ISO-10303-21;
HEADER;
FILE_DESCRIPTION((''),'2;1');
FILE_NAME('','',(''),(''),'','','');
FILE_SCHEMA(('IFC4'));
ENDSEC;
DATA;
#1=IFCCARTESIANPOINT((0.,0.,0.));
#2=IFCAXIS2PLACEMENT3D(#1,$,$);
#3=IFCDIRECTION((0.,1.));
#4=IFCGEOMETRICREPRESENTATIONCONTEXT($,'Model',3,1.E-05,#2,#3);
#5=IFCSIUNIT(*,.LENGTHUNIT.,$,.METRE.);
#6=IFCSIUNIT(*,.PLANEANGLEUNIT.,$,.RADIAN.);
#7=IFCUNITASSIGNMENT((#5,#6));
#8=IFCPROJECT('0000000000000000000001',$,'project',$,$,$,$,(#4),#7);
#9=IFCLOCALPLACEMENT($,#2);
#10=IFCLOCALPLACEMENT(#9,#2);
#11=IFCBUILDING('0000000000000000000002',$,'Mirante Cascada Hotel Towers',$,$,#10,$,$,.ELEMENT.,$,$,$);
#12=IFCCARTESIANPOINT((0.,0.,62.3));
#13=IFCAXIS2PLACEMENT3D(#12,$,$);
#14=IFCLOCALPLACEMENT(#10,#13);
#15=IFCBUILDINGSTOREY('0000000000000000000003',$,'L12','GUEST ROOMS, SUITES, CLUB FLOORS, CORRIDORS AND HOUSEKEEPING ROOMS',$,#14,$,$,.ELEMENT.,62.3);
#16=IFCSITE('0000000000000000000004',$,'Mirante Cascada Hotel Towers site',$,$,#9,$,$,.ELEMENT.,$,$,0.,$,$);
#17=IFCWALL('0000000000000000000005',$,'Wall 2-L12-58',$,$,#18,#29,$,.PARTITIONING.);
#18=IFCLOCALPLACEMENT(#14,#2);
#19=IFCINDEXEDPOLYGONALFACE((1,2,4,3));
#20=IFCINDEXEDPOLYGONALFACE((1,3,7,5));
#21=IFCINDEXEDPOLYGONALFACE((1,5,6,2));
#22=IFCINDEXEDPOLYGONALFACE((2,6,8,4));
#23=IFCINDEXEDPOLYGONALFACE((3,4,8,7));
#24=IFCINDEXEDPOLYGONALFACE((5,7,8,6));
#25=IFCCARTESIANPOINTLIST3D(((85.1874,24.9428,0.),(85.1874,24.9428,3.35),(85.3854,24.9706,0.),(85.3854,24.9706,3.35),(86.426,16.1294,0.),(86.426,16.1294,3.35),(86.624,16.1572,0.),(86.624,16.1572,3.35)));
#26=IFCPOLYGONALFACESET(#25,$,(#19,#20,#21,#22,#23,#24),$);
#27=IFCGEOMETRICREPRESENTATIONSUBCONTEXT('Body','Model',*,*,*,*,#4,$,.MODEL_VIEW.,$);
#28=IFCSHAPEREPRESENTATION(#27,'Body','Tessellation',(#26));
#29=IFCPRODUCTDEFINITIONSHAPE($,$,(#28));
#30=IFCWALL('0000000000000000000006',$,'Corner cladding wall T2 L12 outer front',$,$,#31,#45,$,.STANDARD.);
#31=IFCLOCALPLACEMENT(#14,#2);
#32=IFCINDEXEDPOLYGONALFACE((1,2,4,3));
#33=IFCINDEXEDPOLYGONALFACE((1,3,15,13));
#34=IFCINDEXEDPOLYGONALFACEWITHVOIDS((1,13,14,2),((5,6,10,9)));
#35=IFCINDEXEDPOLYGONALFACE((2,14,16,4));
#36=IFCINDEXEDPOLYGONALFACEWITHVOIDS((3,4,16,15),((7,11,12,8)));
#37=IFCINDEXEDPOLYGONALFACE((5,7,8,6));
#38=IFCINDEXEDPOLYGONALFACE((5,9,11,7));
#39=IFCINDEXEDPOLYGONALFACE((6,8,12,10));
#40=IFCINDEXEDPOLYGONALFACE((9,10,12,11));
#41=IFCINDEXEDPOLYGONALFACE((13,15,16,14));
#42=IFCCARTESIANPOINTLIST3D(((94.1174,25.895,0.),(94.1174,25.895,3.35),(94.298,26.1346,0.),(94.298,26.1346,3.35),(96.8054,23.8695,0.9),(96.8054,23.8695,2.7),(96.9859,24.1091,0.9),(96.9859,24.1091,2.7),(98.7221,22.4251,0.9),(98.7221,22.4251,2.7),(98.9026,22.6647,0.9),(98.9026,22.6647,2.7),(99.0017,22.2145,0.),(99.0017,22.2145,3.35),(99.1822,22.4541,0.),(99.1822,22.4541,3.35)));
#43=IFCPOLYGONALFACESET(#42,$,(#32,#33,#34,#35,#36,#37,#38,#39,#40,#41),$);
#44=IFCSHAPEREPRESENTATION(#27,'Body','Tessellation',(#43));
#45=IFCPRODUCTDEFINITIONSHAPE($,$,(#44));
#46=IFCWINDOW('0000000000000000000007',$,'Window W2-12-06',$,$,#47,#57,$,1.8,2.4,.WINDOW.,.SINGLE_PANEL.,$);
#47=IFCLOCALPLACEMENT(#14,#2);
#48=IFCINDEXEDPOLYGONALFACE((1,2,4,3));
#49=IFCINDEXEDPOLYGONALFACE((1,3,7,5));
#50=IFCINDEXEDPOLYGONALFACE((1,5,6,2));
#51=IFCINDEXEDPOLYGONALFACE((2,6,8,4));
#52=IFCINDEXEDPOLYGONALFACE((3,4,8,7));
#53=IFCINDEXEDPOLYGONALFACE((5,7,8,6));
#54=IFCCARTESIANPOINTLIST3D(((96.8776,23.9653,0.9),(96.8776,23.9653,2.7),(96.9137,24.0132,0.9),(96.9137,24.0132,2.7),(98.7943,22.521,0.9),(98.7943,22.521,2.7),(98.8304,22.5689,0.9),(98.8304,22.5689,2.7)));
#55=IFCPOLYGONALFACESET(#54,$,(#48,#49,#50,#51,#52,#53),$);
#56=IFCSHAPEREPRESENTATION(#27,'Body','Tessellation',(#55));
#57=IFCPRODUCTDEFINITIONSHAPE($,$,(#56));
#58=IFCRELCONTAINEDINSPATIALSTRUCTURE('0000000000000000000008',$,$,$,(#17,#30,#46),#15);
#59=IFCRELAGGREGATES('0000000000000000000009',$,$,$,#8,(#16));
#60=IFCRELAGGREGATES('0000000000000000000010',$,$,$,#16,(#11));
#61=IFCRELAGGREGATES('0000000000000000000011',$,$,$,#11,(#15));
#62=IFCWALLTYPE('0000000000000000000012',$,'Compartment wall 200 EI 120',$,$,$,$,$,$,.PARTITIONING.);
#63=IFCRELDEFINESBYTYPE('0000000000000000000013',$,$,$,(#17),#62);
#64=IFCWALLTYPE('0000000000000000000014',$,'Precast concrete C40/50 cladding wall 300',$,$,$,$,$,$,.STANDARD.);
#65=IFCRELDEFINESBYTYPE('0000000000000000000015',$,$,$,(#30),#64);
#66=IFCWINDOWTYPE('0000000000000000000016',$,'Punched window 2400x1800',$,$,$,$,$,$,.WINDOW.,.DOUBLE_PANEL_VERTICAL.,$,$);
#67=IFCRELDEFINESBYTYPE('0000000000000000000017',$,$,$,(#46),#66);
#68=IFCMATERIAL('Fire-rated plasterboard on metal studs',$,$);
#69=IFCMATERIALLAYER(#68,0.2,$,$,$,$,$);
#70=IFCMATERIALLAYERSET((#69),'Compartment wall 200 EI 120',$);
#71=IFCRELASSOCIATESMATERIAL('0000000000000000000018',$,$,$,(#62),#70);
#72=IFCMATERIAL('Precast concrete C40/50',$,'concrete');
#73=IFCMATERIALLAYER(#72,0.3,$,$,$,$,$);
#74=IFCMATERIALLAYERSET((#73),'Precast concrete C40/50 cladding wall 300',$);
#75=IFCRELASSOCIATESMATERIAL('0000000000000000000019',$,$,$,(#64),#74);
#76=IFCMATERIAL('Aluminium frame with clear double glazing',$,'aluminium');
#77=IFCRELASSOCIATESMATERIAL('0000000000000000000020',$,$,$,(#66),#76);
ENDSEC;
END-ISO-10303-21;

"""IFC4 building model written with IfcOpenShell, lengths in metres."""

from ifc_helpers import new_model, si_unit, direction, frame, frame_2d, origin, place, context, subcontext, project, spatial, rectangle, extrude, material, layer, layer_set, type_object, element, fill, save


model = new_model("IFC4")

# Units and contexts
model_context = context("Model", 3, precision=1e-05, world=origin(), true_north=direction((0.0, 1.0)))
body_context = subcontext(model_context, "Body", "Model", "MODEL_VIEW")
ifc_project = project(units=[si_unit("LENGTHUNIT", "METRE"), si_unit("PLANEANGLEUNIT", "RADIAN")], contexts=[model_context])

# Site, building, storey
site_placement = place(None, origin())
site = spatial("IfcSite", under=ifc_project, at=site_placement, Name="Mirante Cascada Hotel Towers site", CompositionType="ELEMENT", RefElevation=0.0)
building_placement = place(site_placement, origin())
building = spatial("IfcBuilding", under=site, at=building_placement, Name="Mirante Cascada Hotel Towers", CompositionType="ELEMENT")
storey_placement = place(building_placement, frame((0.0, 0.0, 62.3)))
storey = spatial("IfcBuildingStorey", under=building, at=storey_placement, Name="L12", Description="GUEST ROOMS, SUITES, CLUB FLOORS, CORRIDORS AND HOUSEKEEPING ROOMS", CompositionType="ELEMENT", Elevation=62.3)

# Wall
ifc_material_1 = material(Name="Fire-rated plasterboard on metal studs")
ifc_layer_1 = layer(ifc_material_1, 0.2)
ifc_layer_set_1 = layer_set([ifc_layer_1], Name="Compartment wall 200 EI 120")
wall_type_1 = type_object("IfcWallType", Name="Compartment wall 200 EI 120", PredefinedType="PARTITIONING", material=ifc_layer_set_1)
wall_1_placement = place(storey_placement, frame((85.2864, 24.9567, 0.0), z_axis=(0.0, 0.0, 1.0), x_axis=(0.139168, -0.990269, 0.0)))
element("IfcWall", 1, at=wall_1_placement, inside=storey, type_object=wall_type_1, Name="Wall 2-L12-58", PredefinedType="PARTITIONING", context=body_context, shape_type="SweptSolid", body=[
    extrude(rectangle(XDim=8.9, YDim=0.2, at=frame_2d((4.45, 0.0))), origin(), (0.0, 0.0, 1.0), 3.35),
])

# Wall, opening, window
ifc_material_2 = material(Name="Precast concrete C40/50", Category="concrete")
ifc_layer_2 = layer(ifc_material_2, 0.3)
ifc_layer_set_2 = layer_set([ifc_layer_2], Name="Precast concrete C40/50 cladding wall 300")
wall_type_2 = type_object("IfcWallType", Name="Precast concrete C40/50 cladding wall 300", PredefinedType="STANDARD", material=ifc_layer_set_2)
wall_2_placement = place(storey_placement, frame((99.0919, 22.3343, 0.0), z_axis=(0.0, 0.0, 1.0), x_axis=(-0.798636, 0.601814, 0.0)))
wall_2 = element("IfcWall", 2, at=wall_2_placement, inside=storey, type_object=wall_type_2, Name="Corner cladding wall T2 L12 outer front", PredefinedType="STANDARD", context=body_context, shape_type="SweptSolid", body=[
    extrude(rectangle(XDim=6.1157, YDim=0.3, at=frame_2d((3.0578, 0.0))), origin(), (0.0, 0.0, 1.0), 3.35),
])
opening_placement = place(wall_2_placement, frame((0.35, 0.0, 0.9)))
opening = element("IfcOpeningElement", 3, at=opening_placement, cuts=wall_2, PredefinedType="OPENING", context=body_context, shape_type="SweptSolid", body=[
    extrude(rectangle(XDim=2.4, YDim=1.8, at=frame_2d((1.2, 0.9))), frame((0.0, 0.15, 0.0), z_axis=(0.0, -1.0, 0.0), x_axis=(1.0, 0.0, 0.0)), (0.0, 0.0, 1.0), 0.3),
])
ifc_material_3 = material(Name="Aluminium frame with clear double glazing", Category="aluminium")
window_type = type_object("IfcWindowType", Name="Punched window 2400x1800", PartitioningType="DOUBLE_PANEL_VERTICAL", PredefinedType="WINDOW", material=ifc_material_3)
window_placement = place(opening_placement, origin())
window = element("IfcWindow", 4, at=window_placement, inside=storey, type_object=window_type, Name="Window W2-12-06", OverallHeight=1.8, OverallWidth=2.4, PartitioningType="SINGLE_PANEL", PredefinedType="WINDOW", context=body_context, shape_type="SweptSolid", body=[
    extrude(rectangle(XDim=2.4, YDim=1.8, at=frame_2d((1.2, 0.9))), frame((0.0, 0.03, 0.0), z_axis=(0.0, -1.0, 0.0), x_axis=(1.0, 0.0, 0.0)), (0.0, 0.0, 1.0), 0.06),
])
fill(opening, window)

save(model, "model.ifc")
